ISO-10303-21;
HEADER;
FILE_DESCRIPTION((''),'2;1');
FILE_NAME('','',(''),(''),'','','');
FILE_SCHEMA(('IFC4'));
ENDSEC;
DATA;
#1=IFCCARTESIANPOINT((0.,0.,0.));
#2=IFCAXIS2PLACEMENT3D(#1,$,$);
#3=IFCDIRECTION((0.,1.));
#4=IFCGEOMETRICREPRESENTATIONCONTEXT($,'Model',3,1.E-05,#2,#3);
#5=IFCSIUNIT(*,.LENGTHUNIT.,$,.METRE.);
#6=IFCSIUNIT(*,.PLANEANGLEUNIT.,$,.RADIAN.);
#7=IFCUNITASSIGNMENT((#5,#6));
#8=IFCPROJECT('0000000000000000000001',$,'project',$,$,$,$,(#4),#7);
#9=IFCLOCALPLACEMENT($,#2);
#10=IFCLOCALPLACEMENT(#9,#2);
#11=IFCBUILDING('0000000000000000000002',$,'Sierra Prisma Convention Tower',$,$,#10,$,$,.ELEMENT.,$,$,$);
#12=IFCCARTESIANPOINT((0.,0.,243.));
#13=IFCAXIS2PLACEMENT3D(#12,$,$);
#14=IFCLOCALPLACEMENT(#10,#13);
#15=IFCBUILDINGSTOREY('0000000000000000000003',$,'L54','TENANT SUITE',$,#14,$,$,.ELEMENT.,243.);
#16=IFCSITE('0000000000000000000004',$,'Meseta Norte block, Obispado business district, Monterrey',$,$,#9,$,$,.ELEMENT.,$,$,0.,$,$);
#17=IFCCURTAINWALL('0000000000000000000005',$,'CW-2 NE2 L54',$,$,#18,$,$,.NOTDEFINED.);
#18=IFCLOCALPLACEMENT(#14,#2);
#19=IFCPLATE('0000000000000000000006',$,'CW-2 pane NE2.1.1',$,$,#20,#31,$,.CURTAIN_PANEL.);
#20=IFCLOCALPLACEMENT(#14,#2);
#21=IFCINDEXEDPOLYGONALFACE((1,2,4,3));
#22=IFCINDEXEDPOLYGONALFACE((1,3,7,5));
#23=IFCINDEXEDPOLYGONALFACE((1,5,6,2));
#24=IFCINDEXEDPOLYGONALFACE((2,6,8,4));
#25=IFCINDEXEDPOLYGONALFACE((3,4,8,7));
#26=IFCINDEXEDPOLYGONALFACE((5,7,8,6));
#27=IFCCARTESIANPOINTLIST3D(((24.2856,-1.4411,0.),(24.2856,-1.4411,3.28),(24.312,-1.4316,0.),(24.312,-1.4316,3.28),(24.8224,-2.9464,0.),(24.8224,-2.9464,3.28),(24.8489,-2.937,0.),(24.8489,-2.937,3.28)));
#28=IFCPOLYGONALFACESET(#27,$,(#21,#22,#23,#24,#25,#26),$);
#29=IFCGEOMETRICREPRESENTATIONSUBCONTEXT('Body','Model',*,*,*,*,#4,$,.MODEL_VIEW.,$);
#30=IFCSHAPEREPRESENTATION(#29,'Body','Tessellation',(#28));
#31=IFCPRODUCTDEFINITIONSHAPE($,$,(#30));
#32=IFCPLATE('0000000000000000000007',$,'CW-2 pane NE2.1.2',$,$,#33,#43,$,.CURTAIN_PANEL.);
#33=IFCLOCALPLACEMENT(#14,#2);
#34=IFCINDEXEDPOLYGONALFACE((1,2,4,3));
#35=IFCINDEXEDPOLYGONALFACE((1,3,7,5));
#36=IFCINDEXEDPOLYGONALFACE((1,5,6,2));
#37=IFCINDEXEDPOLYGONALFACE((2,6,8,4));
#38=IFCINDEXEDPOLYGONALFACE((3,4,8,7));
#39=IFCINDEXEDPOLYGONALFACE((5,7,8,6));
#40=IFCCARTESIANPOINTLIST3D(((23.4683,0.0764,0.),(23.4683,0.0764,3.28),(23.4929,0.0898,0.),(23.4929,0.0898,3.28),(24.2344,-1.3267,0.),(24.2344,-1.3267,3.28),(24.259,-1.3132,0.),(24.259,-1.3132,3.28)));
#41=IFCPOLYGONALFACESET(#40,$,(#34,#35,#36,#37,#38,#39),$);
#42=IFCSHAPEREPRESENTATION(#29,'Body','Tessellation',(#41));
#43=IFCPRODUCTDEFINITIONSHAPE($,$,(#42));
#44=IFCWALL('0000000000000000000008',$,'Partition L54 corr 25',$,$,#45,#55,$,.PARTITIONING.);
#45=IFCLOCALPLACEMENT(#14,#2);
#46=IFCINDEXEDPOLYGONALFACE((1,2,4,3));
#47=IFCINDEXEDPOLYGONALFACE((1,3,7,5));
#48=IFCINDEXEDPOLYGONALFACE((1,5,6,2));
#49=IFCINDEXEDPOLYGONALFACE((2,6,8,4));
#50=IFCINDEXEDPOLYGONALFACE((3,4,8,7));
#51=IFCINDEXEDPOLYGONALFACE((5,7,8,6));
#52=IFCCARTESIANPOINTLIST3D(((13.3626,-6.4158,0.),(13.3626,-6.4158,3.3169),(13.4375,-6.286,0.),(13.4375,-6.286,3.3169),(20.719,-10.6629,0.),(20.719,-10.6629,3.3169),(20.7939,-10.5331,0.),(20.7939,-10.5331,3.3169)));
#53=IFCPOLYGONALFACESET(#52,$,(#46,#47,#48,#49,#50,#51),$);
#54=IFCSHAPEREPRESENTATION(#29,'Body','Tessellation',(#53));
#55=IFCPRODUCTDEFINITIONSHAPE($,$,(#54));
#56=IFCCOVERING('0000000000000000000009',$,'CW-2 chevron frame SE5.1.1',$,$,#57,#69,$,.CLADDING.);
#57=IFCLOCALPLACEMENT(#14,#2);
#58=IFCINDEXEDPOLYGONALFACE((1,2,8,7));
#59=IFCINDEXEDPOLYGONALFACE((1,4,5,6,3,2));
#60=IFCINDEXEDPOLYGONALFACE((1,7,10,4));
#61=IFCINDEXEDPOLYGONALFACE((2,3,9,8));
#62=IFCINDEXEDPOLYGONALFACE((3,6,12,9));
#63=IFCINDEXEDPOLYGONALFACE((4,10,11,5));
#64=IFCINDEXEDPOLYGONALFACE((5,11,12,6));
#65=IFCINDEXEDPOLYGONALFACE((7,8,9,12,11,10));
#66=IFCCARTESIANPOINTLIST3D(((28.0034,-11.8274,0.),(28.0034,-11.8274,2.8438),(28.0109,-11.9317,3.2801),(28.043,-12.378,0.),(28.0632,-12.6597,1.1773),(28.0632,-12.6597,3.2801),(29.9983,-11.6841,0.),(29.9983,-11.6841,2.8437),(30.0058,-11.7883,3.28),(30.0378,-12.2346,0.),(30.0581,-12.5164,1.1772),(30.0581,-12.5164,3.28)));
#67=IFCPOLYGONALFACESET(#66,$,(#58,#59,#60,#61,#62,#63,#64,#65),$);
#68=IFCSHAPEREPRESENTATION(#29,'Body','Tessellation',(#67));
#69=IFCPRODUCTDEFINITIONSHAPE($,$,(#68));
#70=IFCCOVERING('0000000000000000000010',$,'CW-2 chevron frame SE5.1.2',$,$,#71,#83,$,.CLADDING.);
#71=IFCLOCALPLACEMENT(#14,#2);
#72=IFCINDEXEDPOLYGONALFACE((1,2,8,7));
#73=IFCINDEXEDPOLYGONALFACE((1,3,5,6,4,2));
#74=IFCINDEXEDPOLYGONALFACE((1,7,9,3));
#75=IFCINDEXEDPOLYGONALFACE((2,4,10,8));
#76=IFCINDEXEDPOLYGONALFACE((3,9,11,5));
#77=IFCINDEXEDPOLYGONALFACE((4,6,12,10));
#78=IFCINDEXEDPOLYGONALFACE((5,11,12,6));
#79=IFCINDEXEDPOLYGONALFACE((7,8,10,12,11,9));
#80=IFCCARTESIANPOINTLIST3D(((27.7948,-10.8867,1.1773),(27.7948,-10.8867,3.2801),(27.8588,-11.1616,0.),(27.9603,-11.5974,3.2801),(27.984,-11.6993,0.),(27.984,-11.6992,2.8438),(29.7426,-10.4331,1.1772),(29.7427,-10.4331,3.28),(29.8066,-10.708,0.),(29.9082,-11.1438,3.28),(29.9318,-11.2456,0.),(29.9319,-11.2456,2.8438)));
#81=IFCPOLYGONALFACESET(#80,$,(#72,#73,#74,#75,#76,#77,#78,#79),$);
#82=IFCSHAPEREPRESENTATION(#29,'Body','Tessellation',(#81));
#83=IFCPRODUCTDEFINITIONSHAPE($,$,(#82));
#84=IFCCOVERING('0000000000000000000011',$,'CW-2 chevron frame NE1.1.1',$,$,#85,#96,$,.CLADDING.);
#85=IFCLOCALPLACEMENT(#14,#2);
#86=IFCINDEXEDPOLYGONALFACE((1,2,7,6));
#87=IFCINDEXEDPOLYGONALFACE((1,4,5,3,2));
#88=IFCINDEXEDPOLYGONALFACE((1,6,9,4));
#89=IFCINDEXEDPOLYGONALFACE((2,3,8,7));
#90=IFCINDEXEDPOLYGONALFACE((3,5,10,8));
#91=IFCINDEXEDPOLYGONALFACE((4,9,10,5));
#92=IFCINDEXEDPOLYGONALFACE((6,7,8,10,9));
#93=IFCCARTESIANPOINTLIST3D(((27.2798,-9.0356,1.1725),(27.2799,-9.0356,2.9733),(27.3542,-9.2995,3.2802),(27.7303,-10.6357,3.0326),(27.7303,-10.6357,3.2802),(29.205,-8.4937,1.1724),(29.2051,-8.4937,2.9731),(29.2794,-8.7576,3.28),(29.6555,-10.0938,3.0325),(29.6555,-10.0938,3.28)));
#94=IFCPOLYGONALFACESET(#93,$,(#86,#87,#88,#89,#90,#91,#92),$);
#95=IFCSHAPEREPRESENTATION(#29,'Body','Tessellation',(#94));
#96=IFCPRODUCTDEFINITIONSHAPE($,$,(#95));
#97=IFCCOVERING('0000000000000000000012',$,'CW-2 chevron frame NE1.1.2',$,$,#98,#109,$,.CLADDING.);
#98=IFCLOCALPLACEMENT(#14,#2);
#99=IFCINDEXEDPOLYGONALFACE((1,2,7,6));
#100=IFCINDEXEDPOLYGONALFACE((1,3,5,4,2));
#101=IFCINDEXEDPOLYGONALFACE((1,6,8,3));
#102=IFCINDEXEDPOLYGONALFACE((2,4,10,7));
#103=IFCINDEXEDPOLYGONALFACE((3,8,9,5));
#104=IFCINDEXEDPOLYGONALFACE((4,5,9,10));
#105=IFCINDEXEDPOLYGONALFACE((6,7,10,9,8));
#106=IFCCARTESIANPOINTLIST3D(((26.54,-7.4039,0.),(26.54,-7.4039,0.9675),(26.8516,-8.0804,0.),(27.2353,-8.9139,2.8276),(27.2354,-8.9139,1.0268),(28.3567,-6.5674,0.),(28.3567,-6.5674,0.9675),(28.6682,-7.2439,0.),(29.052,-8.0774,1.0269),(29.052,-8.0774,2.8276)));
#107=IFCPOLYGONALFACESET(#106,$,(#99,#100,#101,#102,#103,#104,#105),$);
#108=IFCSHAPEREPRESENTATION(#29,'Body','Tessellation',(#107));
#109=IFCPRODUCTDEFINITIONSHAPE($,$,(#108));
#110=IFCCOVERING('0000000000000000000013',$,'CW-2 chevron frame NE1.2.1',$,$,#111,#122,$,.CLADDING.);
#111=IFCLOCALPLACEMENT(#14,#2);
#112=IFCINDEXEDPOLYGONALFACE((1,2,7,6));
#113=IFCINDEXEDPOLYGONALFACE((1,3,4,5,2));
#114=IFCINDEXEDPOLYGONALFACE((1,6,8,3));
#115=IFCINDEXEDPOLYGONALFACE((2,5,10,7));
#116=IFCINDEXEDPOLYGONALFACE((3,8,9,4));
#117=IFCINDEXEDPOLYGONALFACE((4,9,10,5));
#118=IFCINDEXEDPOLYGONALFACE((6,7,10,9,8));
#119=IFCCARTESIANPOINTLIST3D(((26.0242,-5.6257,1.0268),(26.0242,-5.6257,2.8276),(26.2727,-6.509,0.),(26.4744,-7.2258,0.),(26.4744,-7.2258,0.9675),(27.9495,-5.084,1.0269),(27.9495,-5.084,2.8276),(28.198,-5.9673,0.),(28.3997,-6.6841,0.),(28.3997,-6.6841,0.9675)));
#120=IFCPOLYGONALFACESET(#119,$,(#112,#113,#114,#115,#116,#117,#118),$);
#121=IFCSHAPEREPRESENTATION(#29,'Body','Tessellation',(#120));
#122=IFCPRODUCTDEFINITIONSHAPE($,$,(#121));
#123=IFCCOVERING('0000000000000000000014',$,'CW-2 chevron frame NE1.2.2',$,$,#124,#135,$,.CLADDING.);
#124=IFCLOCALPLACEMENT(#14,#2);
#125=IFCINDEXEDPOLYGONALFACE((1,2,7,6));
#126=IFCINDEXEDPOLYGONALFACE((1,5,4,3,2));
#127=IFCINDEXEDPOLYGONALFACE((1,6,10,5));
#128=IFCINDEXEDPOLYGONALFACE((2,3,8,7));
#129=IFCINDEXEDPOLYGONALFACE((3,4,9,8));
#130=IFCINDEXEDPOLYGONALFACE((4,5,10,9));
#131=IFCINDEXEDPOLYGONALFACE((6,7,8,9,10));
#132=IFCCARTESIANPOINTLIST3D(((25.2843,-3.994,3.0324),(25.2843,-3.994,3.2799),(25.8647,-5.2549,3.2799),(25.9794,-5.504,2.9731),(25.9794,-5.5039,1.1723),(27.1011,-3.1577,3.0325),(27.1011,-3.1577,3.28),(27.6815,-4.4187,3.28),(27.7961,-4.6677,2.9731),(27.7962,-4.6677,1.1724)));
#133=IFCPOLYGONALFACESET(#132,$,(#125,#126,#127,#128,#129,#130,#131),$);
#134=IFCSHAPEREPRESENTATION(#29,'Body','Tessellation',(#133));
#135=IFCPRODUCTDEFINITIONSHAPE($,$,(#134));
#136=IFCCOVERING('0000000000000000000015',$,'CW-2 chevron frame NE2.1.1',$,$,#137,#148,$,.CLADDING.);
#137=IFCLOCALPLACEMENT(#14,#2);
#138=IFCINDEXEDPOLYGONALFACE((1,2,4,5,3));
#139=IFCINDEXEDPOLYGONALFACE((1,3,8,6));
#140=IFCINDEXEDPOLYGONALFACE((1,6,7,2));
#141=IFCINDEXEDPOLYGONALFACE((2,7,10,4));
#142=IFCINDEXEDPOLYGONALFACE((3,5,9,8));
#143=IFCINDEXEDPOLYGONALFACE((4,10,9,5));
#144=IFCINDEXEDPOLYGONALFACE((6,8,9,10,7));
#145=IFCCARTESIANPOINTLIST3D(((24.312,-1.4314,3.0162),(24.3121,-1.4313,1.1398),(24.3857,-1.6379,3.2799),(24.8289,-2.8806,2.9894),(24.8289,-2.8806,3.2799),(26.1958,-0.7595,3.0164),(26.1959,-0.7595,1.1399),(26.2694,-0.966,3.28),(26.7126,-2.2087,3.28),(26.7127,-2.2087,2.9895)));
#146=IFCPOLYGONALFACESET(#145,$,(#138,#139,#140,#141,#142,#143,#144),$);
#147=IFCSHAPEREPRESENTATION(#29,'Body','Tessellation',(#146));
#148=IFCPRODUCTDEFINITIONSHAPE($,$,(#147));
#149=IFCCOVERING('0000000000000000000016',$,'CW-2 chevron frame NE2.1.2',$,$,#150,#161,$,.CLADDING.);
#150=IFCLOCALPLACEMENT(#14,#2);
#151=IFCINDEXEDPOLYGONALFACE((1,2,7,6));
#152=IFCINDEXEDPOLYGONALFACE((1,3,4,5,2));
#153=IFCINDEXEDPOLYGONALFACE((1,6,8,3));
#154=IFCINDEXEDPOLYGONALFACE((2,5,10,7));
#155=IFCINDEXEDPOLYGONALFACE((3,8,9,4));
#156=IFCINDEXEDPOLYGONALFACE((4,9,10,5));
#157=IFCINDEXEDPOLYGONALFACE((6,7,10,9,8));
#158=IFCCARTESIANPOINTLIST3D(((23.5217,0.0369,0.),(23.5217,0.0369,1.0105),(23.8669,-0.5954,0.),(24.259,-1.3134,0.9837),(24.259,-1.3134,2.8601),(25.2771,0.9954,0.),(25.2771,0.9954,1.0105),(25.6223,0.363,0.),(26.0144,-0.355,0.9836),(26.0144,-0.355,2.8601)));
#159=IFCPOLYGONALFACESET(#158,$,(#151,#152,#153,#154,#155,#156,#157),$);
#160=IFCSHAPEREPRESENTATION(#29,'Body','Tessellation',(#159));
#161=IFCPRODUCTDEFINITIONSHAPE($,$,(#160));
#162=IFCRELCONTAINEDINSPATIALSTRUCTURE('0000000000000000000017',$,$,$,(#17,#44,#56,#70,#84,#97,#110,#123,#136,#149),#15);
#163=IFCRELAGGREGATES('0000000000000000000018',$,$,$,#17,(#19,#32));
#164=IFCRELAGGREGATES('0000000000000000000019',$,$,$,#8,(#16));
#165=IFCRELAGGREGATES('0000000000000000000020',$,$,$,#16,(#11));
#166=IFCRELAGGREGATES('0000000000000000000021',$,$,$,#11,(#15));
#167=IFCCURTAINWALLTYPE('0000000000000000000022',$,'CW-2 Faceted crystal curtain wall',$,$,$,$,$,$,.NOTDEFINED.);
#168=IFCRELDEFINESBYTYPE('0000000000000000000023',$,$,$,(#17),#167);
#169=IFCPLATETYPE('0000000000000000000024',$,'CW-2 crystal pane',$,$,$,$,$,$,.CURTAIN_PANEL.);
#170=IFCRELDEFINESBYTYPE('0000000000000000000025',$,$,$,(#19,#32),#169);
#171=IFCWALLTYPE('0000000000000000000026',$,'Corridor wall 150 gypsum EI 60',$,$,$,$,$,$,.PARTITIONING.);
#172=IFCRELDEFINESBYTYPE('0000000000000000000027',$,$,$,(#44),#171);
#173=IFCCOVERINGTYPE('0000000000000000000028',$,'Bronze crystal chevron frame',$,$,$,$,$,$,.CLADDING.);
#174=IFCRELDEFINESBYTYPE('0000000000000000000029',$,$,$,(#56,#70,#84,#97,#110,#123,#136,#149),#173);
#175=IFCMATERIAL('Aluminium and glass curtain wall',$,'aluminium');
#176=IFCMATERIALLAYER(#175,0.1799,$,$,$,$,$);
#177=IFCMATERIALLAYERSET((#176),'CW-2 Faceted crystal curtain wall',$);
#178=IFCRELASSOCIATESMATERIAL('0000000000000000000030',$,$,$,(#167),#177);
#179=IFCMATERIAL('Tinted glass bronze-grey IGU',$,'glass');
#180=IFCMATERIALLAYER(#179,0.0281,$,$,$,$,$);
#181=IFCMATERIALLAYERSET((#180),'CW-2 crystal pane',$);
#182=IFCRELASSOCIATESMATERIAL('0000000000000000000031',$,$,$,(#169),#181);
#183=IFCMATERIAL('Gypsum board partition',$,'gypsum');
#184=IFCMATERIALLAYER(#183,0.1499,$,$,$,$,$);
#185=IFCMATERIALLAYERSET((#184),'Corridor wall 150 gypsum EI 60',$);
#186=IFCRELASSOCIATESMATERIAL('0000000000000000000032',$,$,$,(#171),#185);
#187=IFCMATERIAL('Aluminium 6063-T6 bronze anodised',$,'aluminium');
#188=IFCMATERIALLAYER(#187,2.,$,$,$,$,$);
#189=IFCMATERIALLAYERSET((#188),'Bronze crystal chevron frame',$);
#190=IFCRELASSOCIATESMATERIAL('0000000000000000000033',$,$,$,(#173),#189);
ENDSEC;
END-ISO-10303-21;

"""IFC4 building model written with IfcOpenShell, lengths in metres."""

from ifc_helpers import new_model, si_unit, direction, frame, frame_2d, origin, place, context, subcontext, project, spatial, polyline, rectangle, outline, extrude, material, layer, layer_set, type_object, element, aggregate, save


model = new_model("IFC4")

# Units and contexts
model_context = context("Model", 3, precision=1e-05, world=origin(), true_north=direction((0.0, 1.0)))
body_context = subcontext(model_context, "Body", "Model", "MODEL_VIEW")
ifc_project = project(units=[si_unit("LENGTHUNIT", "METRE"), si_unit("PLANEANGLEUNIT", "RADIAN")], contexts=[model_context])

# Site, building, storey
site_placement = place(None, origin())
site = spatial("IfcSite", under=ifc_project, at=site_placement, Name="Meseta Norte block, Obispado business district, Monterrey", CompositionType="ELEMENT", RefElevation=0.0)
building_placement = place(site_placement, origin())
building = spatial("IfcBuilding", under=site, at=building_placement, Name="Sierra Prisma Convention Tower", CompositionType="ELEMENT")
storey_placement = place(building_placement, frame((0.0, 0.0, 243.0)))
storey = spatial("IfcBuildingStorey", under=building, at=storey_placement, Name="L54", Description="TENANT SUITE", CompositionType="ELEMENT", Elevation=243.0)

# Shared definitions
ifc_material_1 = material(Name="Aluminium and glass curtain wall", Category="aluminium")
ifc_layer_1 = layer(ifc_material_1, 0.1799)
ifc_layer_set_1 = layer_set([ifc_layer_1], Name="CW-2 Faceted crystal curtain wall")
curtain_wall_type = type_object("IfcCurtainWallType", Name="CW-2 Faceted crystal curtain wall", PredefinedType="NOTDEFINED", material=ifc_layer_set_1)

# Curtain wall
curtain_wall_1_placement = place(storey_placement, origin())
curtain_wall_1 = element("IfcCurtainWall", 1, at=curtain_wall_1_placement, inside=storey, type_object=curtain_wall_type, Name="CW-2 NE2 L54", PredefinedType="NOTDEFINED")

# Plates
ifc_material_2 = material(Name="Tinted glass bronze-grey IGU", Category="glass")
ifc_layer_2 = layer(ifc_material_2, 0.0281)
ifc_layer_set_2 = layer_set([ifc_layer_2], Name="CW-2 crystal pane")
plate_type = type_object("IfcPlateType", Name="CW-2 crystal pane", PredefinedType="CURTAIN_PANEL", material=ifc_layer_set_2)
plate_1_placement = place(storey_placement, frame((24.8489, -2.937, 0.0), z_axis=(0.941894, 0.335911, 0.0), x_axis=(-0.335911, 0.941894, 0.0)))
plate_1 = element("IfcPlate", 2, at=plate_1_placement, type_object=plate_type, Name="CW-2 pane NE2.1.1", PredefinedType="CURTAIN_PANEL", context=body_context, shape_type="SweptSolid", body=[
    extrude(outline(polyline([(0.0, 0.0), (1.5982, 0.0), (1.5982, 3.28), (0.0, 3.28), (0.0, 0.0)])), origin(), (0.0, 0.0, -1.0), 0.0281),
])
plate_2_placement = place(storey_placement, frame((23.4929, 0.0898, 0.0), z_axis=(0.877685, 0.479237, 0.0), x_axis=(0.479237, -0.877685, 0.0)))
plate_2 = element("IfcPlate", 3, at=plate_2_placement, type_object=plate_type, Name="CW-2 pane NE2.1.2", PredefinedType="CURTAIN_PANEL", context=body_context, shape_type="SweptSolid", body=[
    extrude(outline(polyline([(0.0, 0.0), (1.5986, 0.0), (1.5986, -3.28), (0.0, -3.28), (0.0, 0.0)])), origin(), (0.0, 0.0, -1.0), 0.0281),
])
aggregate(curtain_wall_1, [plate_1, plate_2])

# Wall
ifc_material_3 = material(Name="Gypsum board partition", Category="gypsum")
ifc_layer_3 = layer(ifc_material_3, 0.1499)
ifc_layer_set_3 = layer_set([ifc_layer_3], Name="Corridor wall 150 gypsum EI 60")
wall_type = type_object("IfcWallType", Name="Corridor wall 150 gypsum EI 60", PredefinedType="PARTITIONING", material=ifc_layer_set_3)
wall_placement = place(storey_placement, frame((20.7563, -10.5979, 0.0), z_axis=(0.0, 0.0, 1.0), x_axis=(-0.866034, 0.499985, 0.0)))
element("IfcWall", 4, at=wall_placement, inside=storey, type_object=wall_type, Name="Partition L54 corr 25", PredefinedType="PARTITIONING", context=body_context, shape_type="SweptSolid", body=[
    extrude(rectangle(XDim=8.4944, YDim=0.1499, at=frame_2d((4.2471, 0.0))), origin(), (0.0, 0.0, 1.0), 3.3169),
])

# Coverings
ifc_material_4 = material(Name="Aluminium 6063-T6 bronze anodised", Category="aluminium")
ifc_layer_4 = layer(ifc_material_4, 2.0)
ifc_layer_set_4 = layer_set([ifc_layer_4], Name="Bronze crystal chevron frame")
covering_type = type_object("IfcCoveringType", Name="Bronze crystal chevron frame", PredefinedType="CLADDING", material=ifc_layer_set_4)
covering_1_placement = place(storey_placement, frame((30.0581, -12.5164, 3.28), z_axis=(0.997428, 0.071674, -0.000015), x_axis=(-0.000015, -0.000001, -1.0)))
element("IfcCovering", 5, at=covering_1_placement, inside=storey, type_object=covering_type, Name="CW-2 chevron frame SE5.1.1", PredefinedType="CLADDING", context=body_context, shape_type="SweptSolid", body=[
    extrude(outline(polyline([(0.0, 0.0), (2.1028, 0.0), (3.28, 0.2825), (3.28, 0.8344), (0.4363, 0.8344), (0.0, 0.7299), (0.0, 0.0)])), origin(), (0.0, 0.0, -1.0), 2.0),
])
covering_2_placement = place(storey_placement, frame((29.8066, -10.708, 0.0), z_axis=(0.973937, 0.226818, -0.000013), x_axis=(-0.052869, 0.22707, 0.972442)))
element("IfcCovering", 6, at=covering_2_placement, inside=storey, type_object=covering_type, Name="CW-2 chevron frame SE5.1.2", PredefinedType="CLADDING", context=body_context, shape_type="SweptSolid", body=[
    extrude(outline(polyline([(0.0, 0.0), (1.2106, 0.0), (3.2554, 0.4903), (3.0853, 1.1999), (2.6367, 1.1998), (-0.1287, 0.5368), (0.0, 0.0)])), origin(), (0.0, 0.0, -1.0), 2.0),
])
covering_3_placement = place(storey_placement, frame((29.6555, -10.0938, 3.28), z_axis=(0.96259, 0.270963, -0.00007), x_axis=(-0.000068, -0.000019, -1.0)))
element("IfcCovering", 7, at=covering_3_placement, inside=storey, type_object=covering_type, Name="CW-2 chevron frame NE1.1.1", PredefinedType="CLADDING", context=body_context, shape_type="SweptSolid", body=[
    extrude(outline(polyline([(0.0, 0.0), (0.2476, 0.0), (2.1077, 1.6623), (0.3069, 1.6623), (0.0, 1.3881), (0.0, 0.0)])), origin(), (0.0, 0.0, -1.0), 2.0),
])
covering_4_placement = place(storey_placement, frame((29.052, -8.0774, 2.8276), z_axis=(0.908328, 0.418259, 0.000003), x_axis=(0.000003, 0.000001, -1.0)))
element("IfcCovering", 8, at=covering_4_placement, inside=storey, type_object=covering_type, Name="CW-2 chevron frame NE1.1.2", PredefinedType="CLADDING", context=body_context, shape_type="SweptSolid", body=[
    extrude(outline(polyline([(0.0, 0.0), (1.8008, 0.0), (2.8276, 0.9176), (2.8276, 1.6624), (1.8601, 1.6624), (0.0, 0.0)])), origin(), (0.0, 0.0, -1.0), 2.0),
])
covering_5_placement = place(storey_placement, frame((28.198, -5.9673, 0.0), z_axis=(0.962625, 0.270837, 0.000004), x_axis=(-0.180468, 0.64142, 0.745662)))
element("IfcCovering", 9, at=covering_5_placement, inside=storey, type_object=covering_type, Name="CW-2 chevron frame NE1.2.1", PredefinedType="CLADDING", context=body_context, shape_type="SweptSolid", body=[
    extrude(outline(polyline([(0.0, 0.0), (1.3771, 0.0), (2.7199, 1.1999), (0.2253, 1.1999), (-0.4962, 0.5552), (0.0, 0.0)])), origin(), (0.0, 0.0, -1.0), 2.0),
])
covering_6_placement = place(storey_placement, frame((27.1011, -3.1577, 3.28), z_axis=(0.908388, 0.418128, 0.000047), x_axis=(0.418128, -0.908388, 0.0)))
element("IfcCovering", 10, at=covering_6_placement, inside=storey, type_object=covering_type, Name="CW-2 chevron frame NE1.2.2", PredefinedType="CLADDING", context=body_context, shape_type="SweptSolid", body=[
    extrude(outline(polyline([(0.0, 0.0), (1.3881, 0.0), (1.6623, 0.3069), (1.6623, 2.1077), (0.0, 0.2476), (0.0, 0.0)])), origin(), (0.0, 0.0, -1.0), 2.0),
])
covering_7_placement = place(storey_placement, frame((26.7126, -2.2087, 3.28), z_axis=(0.941889, 0.335925, 0.000069), x_axis=(0.000065, 0.000023, -1.0)))
element("IfcCovering", 11, at=covering_7_placement, inside=storey, type_object=covering_type, Name="CW-2 chevron frame NE2.1.1", PredefinedType="CLADDING", context=body_context, shape_type="SweptSolid", body=[
    extrude(outline(polyline([(0.0, 0.0), (0.2905, 0.0), (2.1401, 1.5386), (0.2637, 1.5386), (0.0, 1.3194), (0.0, 0.0)])), origin(), (0.0, 0.0, -1.0), 2.0),
])
covering_8_placement = place(storey_placement, frame((26.0144, -0.355, 2.8601), z_axis=(0.877693, 0.479224, -0.000011), x_axis=(-0.00001, -0.000005, -1.0)))
element("IfcCovering", 12, at=covering_8_placement, inside=storey, type_object=covering_type, Name="CW-2 chevron frame NE2.1.2", PredefinedType="CLADDING", context=body_context, shape_type="SweptSolid", body=[
    extrude(outline(polyline([(0.0, 0.0), (1.8765, 0.0), (2.8601, 0.8181), (2.8601, 1.5385), (1.8496, 1.5385), (0.0, 0.0)])), origin(), (0.0, 0.0, -1.0), 2.0),
])

save(model, "model.ifc")
